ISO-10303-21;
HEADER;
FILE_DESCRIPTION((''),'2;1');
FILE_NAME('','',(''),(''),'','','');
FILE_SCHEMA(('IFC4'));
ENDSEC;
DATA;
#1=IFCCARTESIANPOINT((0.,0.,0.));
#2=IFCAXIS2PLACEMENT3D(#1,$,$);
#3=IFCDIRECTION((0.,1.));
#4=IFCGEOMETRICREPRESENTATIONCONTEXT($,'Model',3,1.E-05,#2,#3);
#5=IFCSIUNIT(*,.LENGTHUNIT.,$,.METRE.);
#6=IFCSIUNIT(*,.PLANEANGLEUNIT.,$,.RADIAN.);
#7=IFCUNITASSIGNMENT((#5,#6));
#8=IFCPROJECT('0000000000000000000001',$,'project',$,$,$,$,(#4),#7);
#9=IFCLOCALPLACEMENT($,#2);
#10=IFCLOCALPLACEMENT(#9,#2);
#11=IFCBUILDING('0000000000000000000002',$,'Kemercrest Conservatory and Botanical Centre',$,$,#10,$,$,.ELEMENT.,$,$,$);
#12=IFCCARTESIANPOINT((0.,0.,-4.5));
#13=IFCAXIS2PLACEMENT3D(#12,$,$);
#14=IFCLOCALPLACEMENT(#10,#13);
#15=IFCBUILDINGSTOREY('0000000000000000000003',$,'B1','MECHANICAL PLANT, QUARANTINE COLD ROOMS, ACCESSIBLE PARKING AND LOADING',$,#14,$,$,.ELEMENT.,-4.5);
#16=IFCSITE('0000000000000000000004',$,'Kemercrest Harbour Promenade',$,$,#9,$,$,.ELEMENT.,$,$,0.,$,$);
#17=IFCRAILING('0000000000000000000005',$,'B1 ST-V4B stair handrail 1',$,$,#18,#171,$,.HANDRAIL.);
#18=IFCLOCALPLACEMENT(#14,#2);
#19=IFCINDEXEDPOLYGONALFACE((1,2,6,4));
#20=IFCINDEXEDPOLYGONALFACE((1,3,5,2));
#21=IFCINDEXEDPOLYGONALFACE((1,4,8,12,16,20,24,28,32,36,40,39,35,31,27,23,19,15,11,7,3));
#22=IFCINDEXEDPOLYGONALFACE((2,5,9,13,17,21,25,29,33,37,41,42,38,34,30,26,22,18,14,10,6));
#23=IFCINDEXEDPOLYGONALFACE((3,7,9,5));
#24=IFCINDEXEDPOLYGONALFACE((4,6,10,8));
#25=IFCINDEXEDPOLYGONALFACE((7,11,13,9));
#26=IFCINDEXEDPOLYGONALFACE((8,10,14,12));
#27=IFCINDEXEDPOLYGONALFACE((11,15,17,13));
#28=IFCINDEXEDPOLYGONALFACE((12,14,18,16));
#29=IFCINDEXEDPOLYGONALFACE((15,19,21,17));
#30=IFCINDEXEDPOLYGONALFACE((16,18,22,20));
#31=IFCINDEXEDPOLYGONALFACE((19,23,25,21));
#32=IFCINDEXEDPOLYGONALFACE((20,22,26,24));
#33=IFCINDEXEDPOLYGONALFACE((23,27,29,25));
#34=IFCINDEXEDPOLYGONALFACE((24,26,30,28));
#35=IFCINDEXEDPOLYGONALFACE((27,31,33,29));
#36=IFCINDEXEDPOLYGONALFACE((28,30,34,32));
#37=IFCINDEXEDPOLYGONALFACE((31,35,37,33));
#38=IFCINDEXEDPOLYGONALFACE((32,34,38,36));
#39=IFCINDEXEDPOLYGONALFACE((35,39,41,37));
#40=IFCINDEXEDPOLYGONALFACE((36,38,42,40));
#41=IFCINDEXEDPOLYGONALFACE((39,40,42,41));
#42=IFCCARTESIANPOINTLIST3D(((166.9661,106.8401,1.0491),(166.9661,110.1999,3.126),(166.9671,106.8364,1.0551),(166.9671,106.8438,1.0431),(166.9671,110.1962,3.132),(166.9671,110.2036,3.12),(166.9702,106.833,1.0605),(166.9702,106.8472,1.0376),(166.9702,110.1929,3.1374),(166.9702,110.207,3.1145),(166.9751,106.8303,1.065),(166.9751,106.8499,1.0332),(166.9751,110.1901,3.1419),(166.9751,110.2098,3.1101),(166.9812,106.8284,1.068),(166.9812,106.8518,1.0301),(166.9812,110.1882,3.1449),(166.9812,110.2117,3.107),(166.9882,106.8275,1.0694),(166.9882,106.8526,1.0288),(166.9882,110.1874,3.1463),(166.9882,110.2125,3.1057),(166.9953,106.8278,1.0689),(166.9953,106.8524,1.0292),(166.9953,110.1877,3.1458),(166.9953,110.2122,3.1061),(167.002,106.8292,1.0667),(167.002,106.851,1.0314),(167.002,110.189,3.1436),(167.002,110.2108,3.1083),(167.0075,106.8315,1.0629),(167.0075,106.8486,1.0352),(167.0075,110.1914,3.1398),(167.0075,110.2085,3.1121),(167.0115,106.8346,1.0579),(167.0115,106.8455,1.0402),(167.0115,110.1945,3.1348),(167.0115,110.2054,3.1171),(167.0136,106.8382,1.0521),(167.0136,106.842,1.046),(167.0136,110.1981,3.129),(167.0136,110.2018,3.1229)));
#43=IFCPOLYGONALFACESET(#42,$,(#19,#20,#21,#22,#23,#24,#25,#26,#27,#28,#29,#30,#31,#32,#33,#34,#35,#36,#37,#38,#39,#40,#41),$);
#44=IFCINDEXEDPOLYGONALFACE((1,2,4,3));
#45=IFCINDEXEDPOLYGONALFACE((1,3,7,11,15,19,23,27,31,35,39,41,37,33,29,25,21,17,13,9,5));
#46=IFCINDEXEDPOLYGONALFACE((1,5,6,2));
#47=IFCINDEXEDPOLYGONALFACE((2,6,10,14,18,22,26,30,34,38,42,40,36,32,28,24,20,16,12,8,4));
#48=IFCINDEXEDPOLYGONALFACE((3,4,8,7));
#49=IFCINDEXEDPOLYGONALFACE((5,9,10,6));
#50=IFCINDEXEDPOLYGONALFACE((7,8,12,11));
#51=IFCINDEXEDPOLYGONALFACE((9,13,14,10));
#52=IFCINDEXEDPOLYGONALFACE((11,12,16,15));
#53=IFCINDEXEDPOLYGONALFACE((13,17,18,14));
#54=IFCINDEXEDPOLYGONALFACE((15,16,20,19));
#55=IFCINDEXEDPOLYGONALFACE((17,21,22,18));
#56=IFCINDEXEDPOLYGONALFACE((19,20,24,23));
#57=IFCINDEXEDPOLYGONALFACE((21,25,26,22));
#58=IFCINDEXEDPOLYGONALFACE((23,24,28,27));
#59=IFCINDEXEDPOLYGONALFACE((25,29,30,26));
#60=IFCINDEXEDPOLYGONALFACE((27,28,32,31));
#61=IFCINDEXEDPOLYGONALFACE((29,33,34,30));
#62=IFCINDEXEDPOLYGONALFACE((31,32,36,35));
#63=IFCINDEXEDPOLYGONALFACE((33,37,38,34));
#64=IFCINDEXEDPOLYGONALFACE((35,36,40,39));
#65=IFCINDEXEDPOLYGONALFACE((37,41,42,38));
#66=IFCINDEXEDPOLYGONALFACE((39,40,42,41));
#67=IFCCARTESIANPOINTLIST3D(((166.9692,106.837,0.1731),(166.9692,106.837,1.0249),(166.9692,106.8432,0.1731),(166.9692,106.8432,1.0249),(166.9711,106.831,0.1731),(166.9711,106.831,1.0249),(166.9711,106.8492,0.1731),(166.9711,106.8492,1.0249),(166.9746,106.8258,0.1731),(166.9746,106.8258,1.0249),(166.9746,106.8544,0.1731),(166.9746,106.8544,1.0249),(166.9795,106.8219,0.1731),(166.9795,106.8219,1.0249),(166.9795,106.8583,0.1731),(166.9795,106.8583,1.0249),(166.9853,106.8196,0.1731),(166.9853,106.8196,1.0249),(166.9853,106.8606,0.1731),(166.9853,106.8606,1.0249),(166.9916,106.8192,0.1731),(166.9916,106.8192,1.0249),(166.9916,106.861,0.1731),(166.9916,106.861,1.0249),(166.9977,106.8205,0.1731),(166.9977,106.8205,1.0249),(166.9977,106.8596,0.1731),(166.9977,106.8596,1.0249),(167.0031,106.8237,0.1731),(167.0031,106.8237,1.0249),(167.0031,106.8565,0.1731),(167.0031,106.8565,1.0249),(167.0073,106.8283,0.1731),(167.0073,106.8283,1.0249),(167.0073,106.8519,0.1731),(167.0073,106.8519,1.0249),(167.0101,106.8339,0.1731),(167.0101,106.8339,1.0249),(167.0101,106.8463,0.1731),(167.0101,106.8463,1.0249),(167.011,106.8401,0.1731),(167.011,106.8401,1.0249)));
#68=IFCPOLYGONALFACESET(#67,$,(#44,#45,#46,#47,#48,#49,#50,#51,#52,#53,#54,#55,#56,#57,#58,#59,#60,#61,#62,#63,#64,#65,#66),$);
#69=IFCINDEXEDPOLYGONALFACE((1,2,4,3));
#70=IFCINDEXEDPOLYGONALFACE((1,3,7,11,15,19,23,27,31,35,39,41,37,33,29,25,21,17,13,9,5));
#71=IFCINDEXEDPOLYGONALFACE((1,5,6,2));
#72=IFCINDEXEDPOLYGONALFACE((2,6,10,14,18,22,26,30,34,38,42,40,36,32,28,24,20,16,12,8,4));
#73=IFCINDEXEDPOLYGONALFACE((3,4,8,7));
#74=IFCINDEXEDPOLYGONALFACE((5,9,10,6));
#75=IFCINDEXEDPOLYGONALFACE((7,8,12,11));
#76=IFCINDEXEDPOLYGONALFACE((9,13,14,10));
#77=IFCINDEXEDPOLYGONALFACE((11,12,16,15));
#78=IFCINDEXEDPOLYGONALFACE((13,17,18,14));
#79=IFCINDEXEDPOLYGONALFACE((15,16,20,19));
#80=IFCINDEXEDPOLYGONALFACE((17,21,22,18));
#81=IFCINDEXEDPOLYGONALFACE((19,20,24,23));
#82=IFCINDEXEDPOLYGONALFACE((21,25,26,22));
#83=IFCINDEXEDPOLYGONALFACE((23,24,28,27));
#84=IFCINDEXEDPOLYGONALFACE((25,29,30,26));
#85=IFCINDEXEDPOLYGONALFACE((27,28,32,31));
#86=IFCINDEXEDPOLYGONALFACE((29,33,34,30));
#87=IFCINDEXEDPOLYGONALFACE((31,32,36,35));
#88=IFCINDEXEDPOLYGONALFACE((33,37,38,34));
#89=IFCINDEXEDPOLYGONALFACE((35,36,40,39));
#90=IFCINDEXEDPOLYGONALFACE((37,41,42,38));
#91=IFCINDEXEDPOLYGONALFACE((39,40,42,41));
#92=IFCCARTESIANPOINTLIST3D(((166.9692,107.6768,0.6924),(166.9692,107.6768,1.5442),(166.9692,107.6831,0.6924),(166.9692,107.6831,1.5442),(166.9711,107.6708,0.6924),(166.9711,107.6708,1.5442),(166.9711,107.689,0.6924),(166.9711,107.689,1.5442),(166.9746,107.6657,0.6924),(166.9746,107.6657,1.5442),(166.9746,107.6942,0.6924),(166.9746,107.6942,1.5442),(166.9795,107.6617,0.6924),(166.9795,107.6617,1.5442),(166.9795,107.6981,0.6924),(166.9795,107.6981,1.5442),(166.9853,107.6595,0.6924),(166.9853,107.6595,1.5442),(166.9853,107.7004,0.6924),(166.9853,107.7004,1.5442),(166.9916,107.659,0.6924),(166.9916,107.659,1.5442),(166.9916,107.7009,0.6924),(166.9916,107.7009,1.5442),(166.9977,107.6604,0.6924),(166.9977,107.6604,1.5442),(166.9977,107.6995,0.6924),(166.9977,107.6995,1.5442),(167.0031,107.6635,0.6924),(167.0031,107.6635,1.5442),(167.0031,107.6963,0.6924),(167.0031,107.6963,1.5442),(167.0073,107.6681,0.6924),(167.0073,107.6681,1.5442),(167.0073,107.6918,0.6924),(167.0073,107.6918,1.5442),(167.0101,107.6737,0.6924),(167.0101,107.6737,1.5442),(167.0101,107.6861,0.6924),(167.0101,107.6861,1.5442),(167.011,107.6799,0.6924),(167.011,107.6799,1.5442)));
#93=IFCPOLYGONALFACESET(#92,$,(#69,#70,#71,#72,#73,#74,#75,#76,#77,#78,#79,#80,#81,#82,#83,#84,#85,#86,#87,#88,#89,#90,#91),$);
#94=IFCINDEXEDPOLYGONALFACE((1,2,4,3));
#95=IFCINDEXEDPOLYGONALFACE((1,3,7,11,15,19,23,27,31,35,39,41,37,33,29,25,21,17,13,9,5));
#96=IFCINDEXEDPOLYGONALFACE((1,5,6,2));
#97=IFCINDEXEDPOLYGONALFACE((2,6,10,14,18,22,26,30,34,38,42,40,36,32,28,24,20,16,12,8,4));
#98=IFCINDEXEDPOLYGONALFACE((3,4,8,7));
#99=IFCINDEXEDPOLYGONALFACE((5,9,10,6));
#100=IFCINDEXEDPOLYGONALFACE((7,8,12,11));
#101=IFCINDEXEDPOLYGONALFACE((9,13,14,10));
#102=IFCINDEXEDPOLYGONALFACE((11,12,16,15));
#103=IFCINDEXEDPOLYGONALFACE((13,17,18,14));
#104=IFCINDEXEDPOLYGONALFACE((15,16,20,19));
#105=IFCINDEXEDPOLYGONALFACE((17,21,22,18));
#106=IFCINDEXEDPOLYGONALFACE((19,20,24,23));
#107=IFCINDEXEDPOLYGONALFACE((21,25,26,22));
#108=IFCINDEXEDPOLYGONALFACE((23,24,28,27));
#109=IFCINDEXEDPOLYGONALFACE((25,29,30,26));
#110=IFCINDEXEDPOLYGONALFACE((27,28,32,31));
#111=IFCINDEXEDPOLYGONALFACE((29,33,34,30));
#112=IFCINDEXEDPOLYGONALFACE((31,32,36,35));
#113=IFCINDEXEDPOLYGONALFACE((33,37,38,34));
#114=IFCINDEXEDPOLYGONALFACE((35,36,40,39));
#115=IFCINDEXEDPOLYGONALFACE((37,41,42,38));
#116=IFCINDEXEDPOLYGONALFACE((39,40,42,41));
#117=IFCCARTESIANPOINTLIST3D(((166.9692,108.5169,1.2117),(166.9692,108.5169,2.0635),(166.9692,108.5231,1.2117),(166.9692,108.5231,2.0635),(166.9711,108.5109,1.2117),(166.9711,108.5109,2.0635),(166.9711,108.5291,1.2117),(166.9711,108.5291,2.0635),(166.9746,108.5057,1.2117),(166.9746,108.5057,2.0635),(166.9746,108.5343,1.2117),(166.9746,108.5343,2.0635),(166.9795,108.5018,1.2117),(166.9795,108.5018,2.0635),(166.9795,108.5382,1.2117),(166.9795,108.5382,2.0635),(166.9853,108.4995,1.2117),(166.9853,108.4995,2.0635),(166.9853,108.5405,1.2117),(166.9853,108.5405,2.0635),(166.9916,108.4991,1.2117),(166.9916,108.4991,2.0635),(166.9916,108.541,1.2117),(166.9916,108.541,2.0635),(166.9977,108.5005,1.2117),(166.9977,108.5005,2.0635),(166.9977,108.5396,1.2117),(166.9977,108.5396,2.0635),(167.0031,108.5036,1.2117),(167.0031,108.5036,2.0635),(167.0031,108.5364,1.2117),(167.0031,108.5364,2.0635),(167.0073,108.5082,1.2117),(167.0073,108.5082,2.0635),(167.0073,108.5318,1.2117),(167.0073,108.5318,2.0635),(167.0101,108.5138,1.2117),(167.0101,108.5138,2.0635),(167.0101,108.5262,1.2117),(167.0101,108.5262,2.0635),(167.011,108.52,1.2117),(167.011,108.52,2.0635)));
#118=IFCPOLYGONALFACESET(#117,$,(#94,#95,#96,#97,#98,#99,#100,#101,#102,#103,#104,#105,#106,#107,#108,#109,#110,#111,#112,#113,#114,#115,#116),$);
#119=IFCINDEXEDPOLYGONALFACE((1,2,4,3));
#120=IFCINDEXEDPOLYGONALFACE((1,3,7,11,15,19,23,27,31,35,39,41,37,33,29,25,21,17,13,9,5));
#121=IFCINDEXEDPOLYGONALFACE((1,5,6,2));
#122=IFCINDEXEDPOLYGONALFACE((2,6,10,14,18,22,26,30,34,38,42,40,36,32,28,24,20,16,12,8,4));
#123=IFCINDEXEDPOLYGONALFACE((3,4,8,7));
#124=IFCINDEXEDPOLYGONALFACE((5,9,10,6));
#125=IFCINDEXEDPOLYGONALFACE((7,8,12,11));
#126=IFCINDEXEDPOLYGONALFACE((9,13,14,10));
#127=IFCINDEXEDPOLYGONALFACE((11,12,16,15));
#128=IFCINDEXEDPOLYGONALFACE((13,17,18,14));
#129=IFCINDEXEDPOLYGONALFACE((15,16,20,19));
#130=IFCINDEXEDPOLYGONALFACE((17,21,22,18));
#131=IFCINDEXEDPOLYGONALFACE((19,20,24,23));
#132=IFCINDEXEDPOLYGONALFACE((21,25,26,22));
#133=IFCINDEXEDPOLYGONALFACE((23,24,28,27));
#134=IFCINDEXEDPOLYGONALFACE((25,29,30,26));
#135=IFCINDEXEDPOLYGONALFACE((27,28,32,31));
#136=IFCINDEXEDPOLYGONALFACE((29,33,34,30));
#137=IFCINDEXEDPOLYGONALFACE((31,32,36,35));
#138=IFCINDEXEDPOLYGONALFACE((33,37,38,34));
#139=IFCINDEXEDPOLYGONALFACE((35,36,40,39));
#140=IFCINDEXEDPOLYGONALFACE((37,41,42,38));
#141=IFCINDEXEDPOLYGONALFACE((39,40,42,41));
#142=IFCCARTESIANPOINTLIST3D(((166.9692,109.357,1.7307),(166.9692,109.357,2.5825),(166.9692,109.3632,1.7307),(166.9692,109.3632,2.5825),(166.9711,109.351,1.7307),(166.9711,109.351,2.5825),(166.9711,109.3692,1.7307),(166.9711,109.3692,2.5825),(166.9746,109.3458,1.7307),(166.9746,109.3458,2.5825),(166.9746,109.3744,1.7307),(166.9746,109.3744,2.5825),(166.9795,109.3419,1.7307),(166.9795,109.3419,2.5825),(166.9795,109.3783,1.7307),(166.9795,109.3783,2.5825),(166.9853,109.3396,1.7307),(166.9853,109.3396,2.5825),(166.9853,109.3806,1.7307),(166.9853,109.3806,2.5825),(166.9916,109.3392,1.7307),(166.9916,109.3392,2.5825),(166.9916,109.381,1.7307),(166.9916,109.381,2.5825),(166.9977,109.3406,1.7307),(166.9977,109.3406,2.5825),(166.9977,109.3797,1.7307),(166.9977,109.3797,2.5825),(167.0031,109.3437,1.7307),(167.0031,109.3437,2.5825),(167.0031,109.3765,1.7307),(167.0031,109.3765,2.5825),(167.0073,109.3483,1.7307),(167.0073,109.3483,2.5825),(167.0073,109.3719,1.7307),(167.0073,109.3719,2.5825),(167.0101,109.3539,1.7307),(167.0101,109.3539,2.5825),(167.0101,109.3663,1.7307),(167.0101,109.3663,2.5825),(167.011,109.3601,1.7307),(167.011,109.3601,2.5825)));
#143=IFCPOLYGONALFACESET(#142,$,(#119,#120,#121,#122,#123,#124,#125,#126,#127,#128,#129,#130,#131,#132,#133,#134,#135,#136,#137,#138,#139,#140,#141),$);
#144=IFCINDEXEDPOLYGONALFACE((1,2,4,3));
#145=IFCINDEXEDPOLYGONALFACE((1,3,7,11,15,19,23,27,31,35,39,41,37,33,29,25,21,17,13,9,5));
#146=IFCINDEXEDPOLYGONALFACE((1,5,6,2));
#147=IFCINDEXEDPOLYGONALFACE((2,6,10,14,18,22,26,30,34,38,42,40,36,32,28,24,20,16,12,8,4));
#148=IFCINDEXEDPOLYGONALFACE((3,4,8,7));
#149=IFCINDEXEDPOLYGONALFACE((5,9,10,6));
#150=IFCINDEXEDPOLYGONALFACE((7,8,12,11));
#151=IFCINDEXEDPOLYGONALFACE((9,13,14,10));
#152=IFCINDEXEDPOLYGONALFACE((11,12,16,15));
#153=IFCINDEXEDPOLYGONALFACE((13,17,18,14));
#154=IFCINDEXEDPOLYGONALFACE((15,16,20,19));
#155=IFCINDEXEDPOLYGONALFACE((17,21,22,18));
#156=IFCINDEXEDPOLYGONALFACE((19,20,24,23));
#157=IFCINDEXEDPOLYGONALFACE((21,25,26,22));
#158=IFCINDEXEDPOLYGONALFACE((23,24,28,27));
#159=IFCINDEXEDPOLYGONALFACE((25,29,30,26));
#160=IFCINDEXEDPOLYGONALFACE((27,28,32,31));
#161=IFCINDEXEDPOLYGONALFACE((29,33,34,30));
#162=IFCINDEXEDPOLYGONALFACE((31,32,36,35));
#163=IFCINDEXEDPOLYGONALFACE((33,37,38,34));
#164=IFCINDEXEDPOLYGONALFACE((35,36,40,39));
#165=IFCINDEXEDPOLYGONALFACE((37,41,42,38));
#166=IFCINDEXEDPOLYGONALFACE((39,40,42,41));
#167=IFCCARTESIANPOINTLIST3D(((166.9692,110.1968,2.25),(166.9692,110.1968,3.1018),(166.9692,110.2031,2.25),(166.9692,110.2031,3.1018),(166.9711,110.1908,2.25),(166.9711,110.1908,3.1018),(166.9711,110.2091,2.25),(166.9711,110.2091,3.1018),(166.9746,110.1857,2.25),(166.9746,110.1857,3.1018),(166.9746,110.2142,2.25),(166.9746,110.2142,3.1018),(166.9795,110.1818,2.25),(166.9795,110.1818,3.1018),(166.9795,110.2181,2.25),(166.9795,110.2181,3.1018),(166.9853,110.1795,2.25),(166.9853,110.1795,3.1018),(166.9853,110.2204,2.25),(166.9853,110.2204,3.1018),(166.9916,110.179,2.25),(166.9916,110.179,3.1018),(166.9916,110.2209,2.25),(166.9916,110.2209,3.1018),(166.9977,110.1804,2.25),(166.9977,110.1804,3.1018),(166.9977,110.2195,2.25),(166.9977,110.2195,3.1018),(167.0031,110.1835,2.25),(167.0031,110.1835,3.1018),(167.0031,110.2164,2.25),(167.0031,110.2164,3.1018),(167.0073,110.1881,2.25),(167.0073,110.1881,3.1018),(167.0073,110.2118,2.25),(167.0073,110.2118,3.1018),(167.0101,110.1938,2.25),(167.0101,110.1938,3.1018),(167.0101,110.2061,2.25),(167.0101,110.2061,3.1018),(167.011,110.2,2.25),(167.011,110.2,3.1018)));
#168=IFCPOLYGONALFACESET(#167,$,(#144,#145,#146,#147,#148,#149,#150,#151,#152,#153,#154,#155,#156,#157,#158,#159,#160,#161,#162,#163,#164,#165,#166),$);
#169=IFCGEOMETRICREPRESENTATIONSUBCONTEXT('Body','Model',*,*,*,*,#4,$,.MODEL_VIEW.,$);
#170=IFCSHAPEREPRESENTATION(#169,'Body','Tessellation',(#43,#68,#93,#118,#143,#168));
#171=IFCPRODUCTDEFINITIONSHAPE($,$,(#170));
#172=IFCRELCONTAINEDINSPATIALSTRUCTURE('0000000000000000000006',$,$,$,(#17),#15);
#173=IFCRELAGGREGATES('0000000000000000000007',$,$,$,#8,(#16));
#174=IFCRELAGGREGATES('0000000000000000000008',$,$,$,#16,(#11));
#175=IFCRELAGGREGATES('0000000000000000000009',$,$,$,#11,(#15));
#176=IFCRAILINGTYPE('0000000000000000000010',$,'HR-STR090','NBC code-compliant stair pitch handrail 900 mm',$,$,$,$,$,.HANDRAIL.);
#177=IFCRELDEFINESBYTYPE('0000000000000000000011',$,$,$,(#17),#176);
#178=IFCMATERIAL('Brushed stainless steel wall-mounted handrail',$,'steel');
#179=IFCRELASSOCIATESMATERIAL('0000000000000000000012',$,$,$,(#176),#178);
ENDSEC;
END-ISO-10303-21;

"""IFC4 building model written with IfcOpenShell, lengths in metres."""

from ifc_helpers import new_model, si_unit, direction, frame, origin, origin_2d, place, context, subcontext, project, spatial, circle, extrude, material, type_object, element, save


model = new_model("IFC4")

# Units and contexts
model_context = context("Model", 3, precision=1e-05, world=origin(), true_north=direction((0.0, 1.0)))
body_context = subcontext(model_context, "Body", "Model", "MODEL_VIEW")
ifc_project = project(units=[si_unit("LENGTHUNIT", "METRE"), si_unit("PLANEANGLEUNIT", "RADIAN")], contexts=[model_context])

# Site, building, storey
site_placement = place(None, origin())
site = spatial("IfcSite", under=ifc_project, at=site_placement, Name="Kemercrest Harbour Promenade", CompositionType="ELEMENT", RefElevation=0.0)
building_placement = place(site_placement, origin())
building = spatial("IfcBuilding", under=site, at=building_placement, Name="Kemercrest Conservatory and Botanical Centre", CompositionType="ELEMENT")
storey_placement = place(building_placement, frame((0.0, 0.0, -4.5)))
storey = spatial("IfcBuildingStorey", under=building, at=storey_placement, Name="B1", Description="MECHANICAL PLANT, QUARANTINE COLD ROOMS, ACCESSIBLE PARKING AND LOADING", CompositionType="ELEMENT", Elevation=-4.5)

# Railing
ifc_material_1 = material(Name="Brushed stainless steel wall-mounted handrail", Category="steel")
railing_type_1 = type_object("IfcRailingType", Name="HR-STR090", Description="NBC code-compliant stair pitch handrail 900 mm", PredefinedType="HANDRAIL", material=ifc_material_1)
railing_1_placement = place(storey_placement, frame((166.99, 106.8401, 0.1731)))
element("IfcRailing", 1, at=railing_1_placement, inside=storey, type_object=railing_type_1, Name="B1 ST-V4B stair handrail 1", PredefinedType="HANDRAIL", context=body_context, shape_type="SweptSolid", body=[
    extrude(circle(Radius=0.0239, at=origin_2d()), frame((0.0, 0.0, 0.876), z_axis=(0.0, 0.850606, 0.525803), x_axis=(-1.0, 0.0, 0.0)), (0.0, 0.0, 1.0), 3.95),
    extrude(circle(Radius=0.021, at=origin_2d()), origin(), (0.0, 0.0, 1.0), 0.8518),
    extrude(circle(Radius=0.021, at=origin_2d()), frame((0.0, 0.8398, 0.5193)), (0.0, 0.0, 1.0), 0.8518),
    extrude(circle(Radius=0.021, at=origin_2d()), frame((0.0, 1.6799, 1.0386)), (0.0, 0.0, 1.0), 0.8518),
    extrude(circle(Radius=0.021, at=origin_2d()), frame((0.0, 2.52, 1.5576)), (0.0, 0.0, 1.0), 0.8518),
    extrude(circle(Radius=0.021, at=origin_2d()), frame((0.0, 3.3599, 2.0769)), (0.0, 0.0, 1.0), 0.8518),
])

save(model, "model.ifc")
